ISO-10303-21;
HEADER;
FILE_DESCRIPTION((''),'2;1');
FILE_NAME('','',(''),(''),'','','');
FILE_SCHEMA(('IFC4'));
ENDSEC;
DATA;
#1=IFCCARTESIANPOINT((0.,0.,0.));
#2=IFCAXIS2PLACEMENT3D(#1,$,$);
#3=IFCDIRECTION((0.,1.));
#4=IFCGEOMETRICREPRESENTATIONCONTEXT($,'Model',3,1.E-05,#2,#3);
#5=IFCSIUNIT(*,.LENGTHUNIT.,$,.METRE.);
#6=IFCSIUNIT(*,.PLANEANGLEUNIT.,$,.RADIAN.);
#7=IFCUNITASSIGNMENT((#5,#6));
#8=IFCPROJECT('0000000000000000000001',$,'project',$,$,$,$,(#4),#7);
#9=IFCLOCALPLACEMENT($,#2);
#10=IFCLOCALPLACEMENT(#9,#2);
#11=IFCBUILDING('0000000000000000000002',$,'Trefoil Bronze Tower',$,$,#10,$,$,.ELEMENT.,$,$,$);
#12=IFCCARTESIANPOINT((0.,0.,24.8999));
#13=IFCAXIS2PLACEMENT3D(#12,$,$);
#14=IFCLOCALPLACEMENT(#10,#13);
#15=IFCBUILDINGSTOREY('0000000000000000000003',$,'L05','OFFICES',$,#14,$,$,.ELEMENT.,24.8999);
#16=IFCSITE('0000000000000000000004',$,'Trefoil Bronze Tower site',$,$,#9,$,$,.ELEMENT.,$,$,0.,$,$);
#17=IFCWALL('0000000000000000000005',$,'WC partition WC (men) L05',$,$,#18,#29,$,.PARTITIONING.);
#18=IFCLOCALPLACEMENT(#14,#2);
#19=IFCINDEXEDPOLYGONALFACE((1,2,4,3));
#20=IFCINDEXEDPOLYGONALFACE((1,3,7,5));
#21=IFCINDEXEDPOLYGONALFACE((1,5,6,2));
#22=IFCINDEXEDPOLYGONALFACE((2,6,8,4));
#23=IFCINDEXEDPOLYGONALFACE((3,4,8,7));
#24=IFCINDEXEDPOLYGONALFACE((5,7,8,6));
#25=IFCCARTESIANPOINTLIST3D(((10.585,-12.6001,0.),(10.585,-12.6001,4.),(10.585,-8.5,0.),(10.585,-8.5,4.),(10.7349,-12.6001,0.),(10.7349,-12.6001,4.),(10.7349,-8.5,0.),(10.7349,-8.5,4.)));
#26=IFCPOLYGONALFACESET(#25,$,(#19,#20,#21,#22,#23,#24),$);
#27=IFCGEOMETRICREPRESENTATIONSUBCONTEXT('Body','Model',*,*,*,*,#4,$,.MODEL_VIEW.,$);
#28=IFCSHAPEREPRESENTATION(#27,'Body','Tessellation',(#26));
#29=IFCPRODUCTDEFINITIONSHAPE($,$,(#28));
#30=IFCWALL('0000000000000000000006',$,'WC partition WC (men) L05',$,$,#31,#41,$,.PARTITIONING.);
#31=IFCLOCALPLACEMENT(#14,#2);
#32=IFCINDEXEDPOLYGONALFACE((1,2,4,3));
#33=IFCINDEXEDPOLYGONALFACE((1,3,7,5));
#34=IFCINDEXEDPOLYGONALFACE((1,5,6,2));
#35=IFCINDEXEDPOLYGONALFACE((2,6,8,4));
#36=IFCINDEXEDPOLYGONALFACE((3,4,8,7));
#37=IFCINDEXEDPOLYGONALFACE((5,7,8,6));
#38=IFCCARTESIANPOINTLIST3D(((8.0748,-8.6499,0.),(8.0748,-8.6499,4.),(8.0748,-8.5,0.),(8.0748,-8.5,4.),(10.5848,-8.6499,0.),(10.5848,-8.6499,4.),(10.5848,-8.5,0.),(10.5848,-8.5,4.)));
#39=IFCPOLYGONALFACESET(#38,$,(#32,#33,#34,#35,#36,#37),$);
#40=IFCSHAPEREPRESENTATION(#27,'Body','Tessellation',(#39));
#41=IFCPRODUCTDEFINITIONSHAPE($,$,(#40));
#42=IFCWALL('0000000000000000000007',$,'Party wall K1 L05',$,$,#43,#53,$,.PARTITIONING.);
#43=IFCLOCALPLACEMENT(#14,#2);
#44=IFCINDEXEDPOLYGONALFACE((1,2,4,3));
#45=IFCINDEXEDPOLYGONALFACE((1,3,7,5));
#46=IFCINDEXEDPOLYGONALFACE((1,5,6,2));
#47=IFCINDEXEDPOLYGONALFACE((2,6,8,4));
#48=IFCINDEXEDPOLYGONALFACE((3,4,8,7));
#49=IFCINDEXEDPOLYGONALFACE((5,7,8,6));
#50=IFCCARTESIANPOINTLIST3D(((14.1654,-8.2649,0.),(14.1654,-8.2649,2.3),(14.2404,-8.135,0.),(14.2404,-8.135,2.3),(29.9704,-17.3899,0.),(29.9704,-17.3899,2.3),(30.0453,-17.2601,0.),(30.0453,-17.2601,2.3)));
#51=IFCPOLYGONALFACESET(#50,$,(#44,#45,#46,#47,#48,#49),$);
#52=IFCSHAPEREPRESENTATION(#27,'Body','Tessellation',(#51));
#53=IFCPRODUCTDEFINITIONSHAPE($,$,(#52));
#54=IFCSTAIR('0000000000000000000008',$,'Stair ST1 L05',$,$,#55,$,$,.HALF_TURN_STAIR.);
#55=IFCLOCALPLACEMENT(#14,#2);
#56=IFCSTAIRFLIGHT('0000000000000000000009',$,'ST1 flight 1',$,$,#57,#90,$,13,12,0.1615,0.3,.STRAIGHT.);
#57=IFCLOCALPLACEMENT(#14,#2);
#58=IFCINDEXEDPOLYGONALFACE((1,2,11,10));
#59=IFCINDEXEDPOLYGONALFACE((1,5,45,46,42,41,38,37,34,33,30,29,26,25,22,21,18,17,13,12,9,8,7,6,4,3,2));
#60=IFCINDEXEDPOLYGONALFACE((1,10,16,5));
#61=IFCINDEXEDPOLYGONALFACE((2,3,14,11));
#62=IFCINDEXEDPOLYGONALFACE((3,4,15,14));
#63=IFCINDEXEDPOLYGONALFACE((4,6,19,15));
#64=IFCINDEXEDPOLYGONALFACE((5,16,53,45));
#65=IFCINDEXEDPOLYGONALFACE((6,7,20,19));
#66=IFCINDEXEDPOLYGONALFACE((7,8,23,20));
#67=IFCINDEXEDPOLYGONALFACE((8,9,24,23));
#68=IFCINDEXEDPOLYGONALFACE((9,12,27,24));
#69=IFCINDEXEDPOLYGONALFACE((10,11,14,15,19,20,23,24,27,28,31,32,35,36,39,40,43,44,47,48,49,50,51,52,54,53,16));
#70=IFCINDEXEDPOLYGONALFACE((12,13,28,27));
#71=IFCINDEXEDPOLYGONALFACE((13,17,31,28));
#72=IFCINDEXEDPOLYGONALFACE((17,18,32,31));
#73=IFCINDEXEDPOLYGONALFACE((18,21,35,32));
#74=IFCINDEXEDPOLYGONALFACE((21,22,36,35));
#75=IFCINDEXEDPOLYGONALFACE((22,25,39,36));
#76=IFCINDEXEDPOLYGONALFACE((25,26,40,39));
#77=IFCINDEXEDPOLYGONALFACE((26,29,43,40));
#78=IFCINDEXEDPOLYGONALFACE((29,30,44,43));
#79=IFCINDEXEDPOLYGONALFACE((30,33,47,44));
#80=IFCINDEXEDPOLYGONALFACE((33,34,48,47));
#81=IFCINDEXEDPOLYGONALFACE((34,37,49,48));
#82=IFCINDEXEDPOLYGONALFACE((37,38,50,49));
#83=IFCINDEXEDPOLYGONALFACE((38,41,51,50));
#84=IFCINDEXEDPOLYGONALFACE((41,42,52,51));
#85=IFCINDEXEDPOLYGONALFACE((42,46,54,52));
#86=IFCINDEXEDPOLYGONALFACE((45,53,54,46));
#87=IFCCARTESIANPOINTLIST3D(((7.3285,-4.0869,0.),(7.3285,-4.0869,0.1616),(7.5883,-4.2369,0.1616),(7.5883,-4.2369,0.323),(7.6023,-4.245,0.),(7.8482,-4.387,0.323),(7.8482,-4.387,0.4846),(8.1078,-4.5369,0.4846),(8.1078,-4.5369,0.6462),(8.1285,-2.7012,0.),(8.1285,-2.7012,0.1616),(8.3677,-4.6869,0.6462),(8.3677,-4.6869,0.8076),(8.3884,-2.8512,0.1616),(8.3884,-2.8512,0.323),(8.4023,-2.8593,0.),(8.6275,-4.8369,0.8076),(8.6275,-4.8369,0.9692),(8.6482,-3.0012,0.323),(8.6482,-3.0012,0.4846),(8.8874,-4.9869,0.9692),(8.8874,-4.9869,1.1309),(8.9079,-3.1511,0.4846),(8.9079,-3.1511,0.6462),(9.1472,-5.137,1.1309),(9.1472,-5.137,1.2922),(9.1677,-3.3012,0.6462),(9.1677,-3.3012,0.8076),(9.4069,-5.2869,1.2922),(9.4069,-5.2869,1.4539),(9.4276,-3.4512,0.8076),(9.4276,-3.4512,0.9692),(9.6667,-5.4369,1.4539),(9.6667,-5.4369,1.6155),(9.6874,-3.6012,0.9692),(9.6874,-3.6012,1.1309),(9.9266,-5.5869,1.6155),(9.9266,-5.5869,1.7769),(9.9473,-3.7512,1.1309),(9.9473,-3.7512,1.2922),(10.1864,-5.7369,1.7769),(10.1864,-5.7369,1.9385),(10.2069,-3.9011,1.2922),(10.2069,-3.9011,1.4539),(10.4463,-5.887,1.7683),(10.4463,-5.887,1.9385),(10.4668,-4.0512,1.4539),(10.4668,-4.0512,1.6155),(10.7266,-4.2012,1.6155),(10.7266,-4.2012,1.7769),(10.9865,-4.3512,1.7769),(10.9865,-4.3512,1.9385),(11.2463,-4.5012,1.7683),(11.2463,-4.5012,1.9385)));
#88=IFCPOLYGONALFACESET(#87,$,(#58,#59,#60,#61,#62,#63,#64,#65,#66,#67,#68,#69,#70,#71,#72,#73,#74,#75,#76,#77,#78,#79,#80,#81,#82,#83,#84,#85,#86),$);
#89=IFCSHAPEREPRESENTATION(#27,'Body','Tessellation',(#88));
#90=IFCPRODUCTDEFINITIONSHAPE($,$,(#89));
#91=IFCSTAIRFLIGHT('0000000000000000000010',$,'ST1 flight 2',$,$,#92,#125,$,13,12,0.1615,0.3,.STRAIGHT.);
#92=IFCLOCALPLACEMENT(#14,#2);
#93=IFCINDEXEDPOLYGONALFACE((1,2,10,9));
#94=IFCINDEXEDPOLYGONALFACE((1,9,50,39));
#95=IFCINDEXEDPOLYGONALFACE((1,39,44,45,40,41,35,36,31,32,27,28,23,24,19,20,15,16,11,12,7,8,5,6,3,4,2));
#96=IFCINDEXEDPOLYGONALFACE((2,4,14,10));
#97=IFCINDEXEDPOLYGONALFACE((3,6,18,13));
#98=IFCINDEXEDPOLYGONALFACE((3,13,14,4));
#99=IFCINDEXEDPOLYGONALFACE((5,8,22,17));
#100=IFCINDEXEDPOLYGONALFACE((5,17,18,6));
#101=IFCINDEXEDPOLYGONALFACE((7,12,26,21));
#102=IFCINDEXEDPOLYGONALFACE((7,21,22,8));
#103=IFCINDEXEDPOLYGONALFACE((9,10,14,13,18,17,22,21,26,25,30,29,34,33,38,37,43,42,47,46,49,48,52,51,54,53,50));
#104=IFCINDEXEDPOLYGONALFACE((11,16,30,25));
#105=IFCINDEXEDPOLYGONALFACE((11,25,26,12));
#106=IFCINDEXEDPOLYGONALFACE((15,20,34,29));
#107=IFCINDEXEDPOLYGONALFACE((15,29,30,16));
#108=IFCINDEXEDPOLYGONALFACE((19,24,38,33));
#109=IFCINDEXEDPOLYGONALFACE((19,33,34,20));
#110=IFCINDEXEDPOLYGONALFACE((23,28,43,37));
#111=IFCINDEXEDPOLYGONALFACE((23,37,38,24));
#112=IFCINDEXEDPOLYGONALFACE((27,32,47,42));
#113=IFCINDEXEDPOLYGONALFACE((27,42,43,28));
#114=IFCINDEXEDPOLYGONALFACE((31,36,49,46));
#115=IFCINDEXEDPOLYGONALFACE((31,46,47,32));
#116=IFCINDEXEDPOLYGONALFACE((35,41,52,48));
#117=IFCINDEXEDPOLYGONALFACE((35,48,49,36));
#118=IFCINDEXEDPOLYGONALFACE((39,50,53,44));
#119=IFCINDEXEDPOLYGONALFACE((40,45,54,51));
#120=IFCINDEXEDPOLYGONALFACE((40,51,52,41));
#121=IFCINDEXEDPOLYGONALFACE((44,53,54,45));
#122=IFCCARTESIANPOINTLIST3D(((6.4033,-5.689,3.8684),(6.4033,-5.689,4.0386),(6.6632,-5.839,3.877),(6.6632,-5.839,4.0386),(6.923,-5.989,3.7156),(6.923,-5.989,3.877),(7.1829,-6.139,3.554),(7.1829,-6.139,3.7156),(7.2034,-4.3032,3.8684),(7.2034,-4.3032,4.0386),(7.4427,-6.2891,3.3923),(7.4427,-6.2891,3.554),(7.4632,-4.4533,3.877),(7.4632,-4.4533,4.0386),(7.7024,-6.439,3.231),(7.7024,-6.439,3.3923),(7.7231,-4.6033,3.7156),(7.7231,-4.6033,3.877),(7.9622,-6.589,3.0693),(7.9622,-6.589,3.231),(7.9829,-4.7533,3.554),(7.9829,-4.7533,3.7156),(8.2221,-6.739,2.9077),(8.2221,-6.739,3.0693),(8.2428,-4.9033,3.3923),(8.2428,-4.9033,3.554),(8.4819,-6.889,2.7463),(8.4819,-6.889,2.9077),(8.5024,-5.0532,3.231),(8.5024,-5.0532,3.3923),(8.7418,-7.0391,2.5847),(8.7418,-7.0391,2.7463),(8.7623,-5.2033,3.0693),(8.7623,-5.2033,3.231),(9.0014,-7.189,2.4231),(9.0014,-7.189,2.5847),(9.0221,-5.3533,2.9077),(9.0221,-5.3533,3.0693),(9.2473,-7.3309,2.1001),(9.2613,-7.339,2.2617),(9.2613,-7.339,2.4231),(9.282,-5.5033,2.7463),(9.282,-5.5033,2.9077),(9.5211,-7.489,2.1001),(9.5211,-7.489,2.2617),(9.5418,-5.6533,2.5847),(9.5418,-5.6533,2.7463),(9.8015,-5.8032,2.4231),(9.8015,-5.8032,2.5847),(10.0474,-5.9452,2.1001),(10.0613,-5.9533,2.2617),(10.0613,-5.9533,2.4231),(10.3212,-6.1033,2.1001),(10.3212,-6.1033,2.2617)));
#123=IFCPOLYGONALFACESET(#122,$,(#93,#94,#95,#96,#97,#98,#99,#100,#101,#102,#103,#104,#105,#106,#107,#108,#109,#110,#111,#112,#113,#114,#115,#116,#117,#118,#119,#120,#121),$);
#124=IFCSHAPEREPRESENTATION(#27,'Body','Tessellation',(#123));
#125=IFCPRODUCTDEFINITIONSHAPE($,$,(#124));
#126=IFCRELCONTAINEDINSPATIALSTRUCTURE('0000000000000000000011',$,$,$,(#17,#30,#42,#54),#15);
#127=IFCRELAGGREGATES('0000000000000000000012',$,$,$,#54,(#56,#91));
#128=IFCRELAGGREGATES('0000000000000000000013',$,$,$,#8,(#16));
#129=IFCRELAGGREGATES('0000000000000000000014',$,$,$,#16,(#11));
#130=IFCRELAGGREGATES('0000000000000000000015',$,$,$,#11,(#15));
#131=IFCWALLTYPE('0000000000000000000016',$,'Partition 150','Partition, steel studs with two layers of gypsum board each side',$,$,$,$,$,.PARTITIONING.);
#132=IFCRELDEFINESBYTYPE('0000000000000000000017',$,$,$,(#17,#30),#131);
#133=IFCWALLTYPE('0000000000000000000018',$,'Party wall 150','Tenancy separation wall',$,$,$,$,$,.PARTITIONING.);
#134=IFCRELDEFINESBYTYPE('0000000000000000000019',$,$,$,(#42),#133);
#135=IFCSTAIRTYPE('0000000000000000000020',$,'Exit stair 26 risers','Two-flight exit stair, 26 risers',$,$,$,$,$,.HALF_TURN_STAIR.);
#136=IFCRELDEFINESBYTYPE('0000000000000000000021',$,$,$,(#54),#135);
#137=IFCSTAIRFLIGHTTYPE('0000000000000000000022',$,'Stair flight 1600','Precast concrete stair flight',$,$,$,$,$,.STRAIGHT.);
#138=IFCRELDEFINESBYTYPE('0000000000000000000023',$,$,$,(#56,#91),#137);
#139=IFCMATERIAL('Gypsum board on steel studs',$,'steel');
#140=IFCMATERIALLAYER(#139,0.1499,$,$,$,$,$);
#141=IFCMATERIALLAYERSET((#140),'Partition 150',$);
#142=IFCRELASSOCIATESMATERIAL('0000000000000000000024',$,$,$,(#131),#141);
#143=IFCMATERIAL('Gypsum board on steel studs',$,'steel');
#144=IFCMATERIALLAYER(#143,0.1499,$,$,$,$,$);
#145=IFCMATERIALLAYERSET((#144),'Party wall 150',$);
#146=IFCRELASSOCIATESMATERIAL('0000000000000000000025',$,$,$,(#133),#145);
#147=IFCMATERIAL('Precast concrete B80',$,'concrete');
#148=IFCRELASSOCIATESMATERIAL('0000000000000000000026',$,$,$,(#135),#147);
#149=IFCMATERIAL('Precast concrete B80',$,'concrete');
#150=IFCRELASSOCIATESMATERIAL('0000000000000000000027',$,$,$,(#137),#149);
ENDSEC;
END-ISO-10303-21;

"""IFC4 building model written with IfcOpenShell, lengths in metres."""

from ifc_helpers import new_model, si_unit, direction, frame, frame_2d, origin, place, context, subcontext, project, spatial, polyline, rectangle, outline, extrude, material, layer, layer_set, type_object, element, aggregate, save


model = new_model("IFC4")

# Units and contexts
model_context = context("Model", 3, precision=1e-05, world=origin(), true_north=direction((0.0, 1.0)))
body_context = subcontext(model_context, "Body", "Model", "MODEL_VIEW")
ifc_project = project(units=[si_unit("LENGTHUNIT", "METRE"), si_unit("PLANEANGLEUNIT", "RADIAN")], contexts=[model_context])

# Site, building, storey
site_placement = place(None, origin())
site = spatial("IfcSite", under=ifc_project, at=site_placement, Name="Trefoil Bronze Tower site", CompositionType="ELEMENT", RefElevation=0.0)
building_placement = place(site_placement, origin())
building = spatial("IfcBuilding", under=site, at=building_placement, Name="Trefoil Bronze Tower", CompositionType="ELEMENT")
storey_placement = place(building_placement, frame((0.0, 0.0, 24.8999)))
storey = spatial("IfcBuildingStorey", under=building, at=storey_placement, Name="L05", Description="OFFICES", CompositionType="ELEMENT", Elevation=24.8999)

# Shared definitions
ifc_material_1 = material(Name="Gypsum board on steel studs", Category="steel")
ifc_layer_1 = layer(ifc_material_1, 0.1499)
ifc_layer_set_1 = layer_set([ifc_layer_1], Name="Partition 150")
wall_type_1 = type_object("IfcWallType", Name="Partition 150", Description="Partition, steel studs with two layers of gypsum board each side", PredefinedType="PARTITIONING", material=ifc_layer_set_1)

# Walls
wall_1_placement = place(storey_placement, frame((10.6599, -8.5, 0.0), z_axis=(0.0, 0.0, 1.0), x_axis=(0.0, -1.0, 0.0)))
element("IfcWall", 1, at=wall_1_placement, inside=storey, type_object=wall_type_1, Name="WC partition WC (men) L05", PredefinedType="PARTITIONING", context=body_context, shape_type="SweptSolid", body=[
    extrude(rectangle(XDim=4.1001, YDim=0.1499, at=frame_2d((2.05, 0.0))), origin(), (0.0, 0.0, 1.0), 4.0),
])
wall_2_placement = place(storey_placement, frame((8.075, -8.575, 0.0), z_axis=(0.0, 0.0, 1.0), x_axis=(1.0, 0.0, 0.0)))
element("IfcWall", 2, at=wall_2_placement, inside=storey, type_object=wall_type_1, Name="WC partition WC (men) L05", PredefinedType="PARTITIONING", context=body_context, shape_type="SweptSolid", body=[
    extrude(rectangle(XDim=2.51, YDim=0.1499, at=frame_2d((1.2549, 0.0))), origin(), (0.0, 0.0, 1.0), 4.0),
])
ifc_material_2 = material(Name="Gypsum board on steel studs", Category="steel")
ifc_layer_2 = layer(ifc_material_2, 0.1499)
ifc_layer_set_2 = layer_set([ifc_layer_2], Name="Party wall 150")
wall_type_2 = type_object("IfcWallType", Name="Party wall 150", Description="Tenancy separation wall", PredefinedType="PARTITIONING", material=ifc_layer_set_2)
wall_3_placement = place(storey_placement, frame((14.2029, -8.2, 0.0), z_axis=(0.0, 0.0, 1.0), x_axis=(0.866025, -0.500001, 0.0)))
element("IfcWall", 3, at=wall_3_placement, inside=storey, type_object=wall_type_2, Name="Party wall K1 L05", PredefinedType="PARTITIONING", context=body_context, shape_type="SweptSolid", body=[
    extrude(rectangle(XDim=18.25, YDim=0.1499, at=frame_2d((9.125, 0.0))), origin(), (0.0, 0.0, 1.0), 2.3),
])

# Stair, stair flights
ifc_material_3 = material(Name="Precast concrete B80", Category="concrete")
stair_type = type_object("IfcStairType", Name="Exit stair 26 risers", Description="Two-flight exit stair, 26 risers", PredefinedType="HALF_TURN_STAIR", material=ifc_material_3)
stair_placement = place(storey_placement, origin())
stair = element("IfcStair", 4, at=stair_placement, inside=storey, type_object=stair_type, Name="Stair ST1 L05", PredefinedType="HALF_TURN_STAIR")
ifc_material_4 = material(Name="Precast concrete B80", Category="concrete")
stair_flight_type = type_object("IfcStairFlightType", Name="Stair flight 1600", Description="Precast concrete stair flight", PredefinedType="STRAIGHT", material=ifc_material_4)
stair_flight_1_placement = place(storey_placement, frame((7.7285, -3.394, 0.0), z_axis=(0.0, 0.0, 1.0), x_axis=(0.866025, -0.5, 0.0)))
stair_flight_1 = element("IfcStairFlight", 5, at=stair_flight_1_placement, type_object=stair_flight_type, Name="ST1 flight 1", NumberOfRisers=13, NumberOfTreads=12, PredefinedType="STRAIGHT", RiserHeight=0.1615, TreadLength=0.3, context=body_context, shape_type="SweptSolid", body=[
    extrude(outline(polyline([(0.0, 0.0), (0.0, 0.1616), (0.3, 0.1616), (0.3, 0.323), (0.6001, 0.323), (0.6001, 0.4846), (0.8999, 0.4846), (0.8999, 0.6462), (1.2, 0.6462), (1.2, 0.8076), (1.5, 0.8076), (1.5, 0.9692), (1.8, 0.9692), (1.8, 1.1309), (2.1001, 1.1309), (2.1001, 1.2922), (2.3999, 1.2922), (2.3999, 1.4539), (2.7, 1.4539), (2.7, 1.6155), (3.0, 1.6155), (3.0, 1.7769), (3.3, 1.7769), (3.3, 1.9385), (3.6001, 1.9385), (3.6001, 2.1001), (3.6001, 1.7683), (0.3162, 0.0), (0.0, 0.0)])), frame((0.0, 0.8, 0.0), z_axis=(0.0, -1.0, 0.0), x_axis=(1.0, 0.0, 0.0)), (0.0, 0.0, 1.0), 1.6001),
])
stair_flight_2_placement = place(storey_placement, frame((9.9211, -6.7961, 2.1001), z_axis=(0.0, 0.0, 1.0), x_axis=(-0.866025, 0.5, 0.0)))
stair_flight_2 = element("IfcStairFlight", 6, at=stair_flight_2_placement, type_object=stair_flight_type, Name="ST1 flight 2", NumberOfRisers=13, NumberOfTreads=12, PredefinedType="STRAIGHT", RiserHeight=0.1615, TreadLength=0.3, context=body_context, shape_type="SweptSolid", body=[
    extrude(outline(polyline([(0.0, 0.0), (0.0, 0.1616), (0.3, 0.1616), (0.3, 0.323), (0.6001, 0.323), (0.6001, 0.4846), (0.8999, 0.4846), (0.8999, 0.6462), (1.2, 0.6462), (1.2, 0.8076), (1.5, 0.8076), (1.5, 0.9692), (1.8, 0.9692), (1.8, 1.1309), (2.1001, 1.1309), (2.1001, 1.2922), (2.3999, 1.2922), (2.3999, 1.4539), (2.7, 1.4539), (2.7, 1.6155), (3.0, 1.6155), (3.0, 1.7769), (3.3, 1.7769), (3.3, 1.9385), (3.6001, 1.9385), (3.6001, 2.1001), (3.6001, 1.7683), (0.3162, 0.0), (0.0, 0.0)])), frame((0.0, 0.8, 0.0), z_axis=(0.0, -1.0, 0.0), x_axis=(1.0, 0.0, 0.0)), (0.0, 0.0, 1.0), 1.6001),
])
aggregate(stair, [stair_flight_1, stair_flight_2])

save(model, "model.ifc")
